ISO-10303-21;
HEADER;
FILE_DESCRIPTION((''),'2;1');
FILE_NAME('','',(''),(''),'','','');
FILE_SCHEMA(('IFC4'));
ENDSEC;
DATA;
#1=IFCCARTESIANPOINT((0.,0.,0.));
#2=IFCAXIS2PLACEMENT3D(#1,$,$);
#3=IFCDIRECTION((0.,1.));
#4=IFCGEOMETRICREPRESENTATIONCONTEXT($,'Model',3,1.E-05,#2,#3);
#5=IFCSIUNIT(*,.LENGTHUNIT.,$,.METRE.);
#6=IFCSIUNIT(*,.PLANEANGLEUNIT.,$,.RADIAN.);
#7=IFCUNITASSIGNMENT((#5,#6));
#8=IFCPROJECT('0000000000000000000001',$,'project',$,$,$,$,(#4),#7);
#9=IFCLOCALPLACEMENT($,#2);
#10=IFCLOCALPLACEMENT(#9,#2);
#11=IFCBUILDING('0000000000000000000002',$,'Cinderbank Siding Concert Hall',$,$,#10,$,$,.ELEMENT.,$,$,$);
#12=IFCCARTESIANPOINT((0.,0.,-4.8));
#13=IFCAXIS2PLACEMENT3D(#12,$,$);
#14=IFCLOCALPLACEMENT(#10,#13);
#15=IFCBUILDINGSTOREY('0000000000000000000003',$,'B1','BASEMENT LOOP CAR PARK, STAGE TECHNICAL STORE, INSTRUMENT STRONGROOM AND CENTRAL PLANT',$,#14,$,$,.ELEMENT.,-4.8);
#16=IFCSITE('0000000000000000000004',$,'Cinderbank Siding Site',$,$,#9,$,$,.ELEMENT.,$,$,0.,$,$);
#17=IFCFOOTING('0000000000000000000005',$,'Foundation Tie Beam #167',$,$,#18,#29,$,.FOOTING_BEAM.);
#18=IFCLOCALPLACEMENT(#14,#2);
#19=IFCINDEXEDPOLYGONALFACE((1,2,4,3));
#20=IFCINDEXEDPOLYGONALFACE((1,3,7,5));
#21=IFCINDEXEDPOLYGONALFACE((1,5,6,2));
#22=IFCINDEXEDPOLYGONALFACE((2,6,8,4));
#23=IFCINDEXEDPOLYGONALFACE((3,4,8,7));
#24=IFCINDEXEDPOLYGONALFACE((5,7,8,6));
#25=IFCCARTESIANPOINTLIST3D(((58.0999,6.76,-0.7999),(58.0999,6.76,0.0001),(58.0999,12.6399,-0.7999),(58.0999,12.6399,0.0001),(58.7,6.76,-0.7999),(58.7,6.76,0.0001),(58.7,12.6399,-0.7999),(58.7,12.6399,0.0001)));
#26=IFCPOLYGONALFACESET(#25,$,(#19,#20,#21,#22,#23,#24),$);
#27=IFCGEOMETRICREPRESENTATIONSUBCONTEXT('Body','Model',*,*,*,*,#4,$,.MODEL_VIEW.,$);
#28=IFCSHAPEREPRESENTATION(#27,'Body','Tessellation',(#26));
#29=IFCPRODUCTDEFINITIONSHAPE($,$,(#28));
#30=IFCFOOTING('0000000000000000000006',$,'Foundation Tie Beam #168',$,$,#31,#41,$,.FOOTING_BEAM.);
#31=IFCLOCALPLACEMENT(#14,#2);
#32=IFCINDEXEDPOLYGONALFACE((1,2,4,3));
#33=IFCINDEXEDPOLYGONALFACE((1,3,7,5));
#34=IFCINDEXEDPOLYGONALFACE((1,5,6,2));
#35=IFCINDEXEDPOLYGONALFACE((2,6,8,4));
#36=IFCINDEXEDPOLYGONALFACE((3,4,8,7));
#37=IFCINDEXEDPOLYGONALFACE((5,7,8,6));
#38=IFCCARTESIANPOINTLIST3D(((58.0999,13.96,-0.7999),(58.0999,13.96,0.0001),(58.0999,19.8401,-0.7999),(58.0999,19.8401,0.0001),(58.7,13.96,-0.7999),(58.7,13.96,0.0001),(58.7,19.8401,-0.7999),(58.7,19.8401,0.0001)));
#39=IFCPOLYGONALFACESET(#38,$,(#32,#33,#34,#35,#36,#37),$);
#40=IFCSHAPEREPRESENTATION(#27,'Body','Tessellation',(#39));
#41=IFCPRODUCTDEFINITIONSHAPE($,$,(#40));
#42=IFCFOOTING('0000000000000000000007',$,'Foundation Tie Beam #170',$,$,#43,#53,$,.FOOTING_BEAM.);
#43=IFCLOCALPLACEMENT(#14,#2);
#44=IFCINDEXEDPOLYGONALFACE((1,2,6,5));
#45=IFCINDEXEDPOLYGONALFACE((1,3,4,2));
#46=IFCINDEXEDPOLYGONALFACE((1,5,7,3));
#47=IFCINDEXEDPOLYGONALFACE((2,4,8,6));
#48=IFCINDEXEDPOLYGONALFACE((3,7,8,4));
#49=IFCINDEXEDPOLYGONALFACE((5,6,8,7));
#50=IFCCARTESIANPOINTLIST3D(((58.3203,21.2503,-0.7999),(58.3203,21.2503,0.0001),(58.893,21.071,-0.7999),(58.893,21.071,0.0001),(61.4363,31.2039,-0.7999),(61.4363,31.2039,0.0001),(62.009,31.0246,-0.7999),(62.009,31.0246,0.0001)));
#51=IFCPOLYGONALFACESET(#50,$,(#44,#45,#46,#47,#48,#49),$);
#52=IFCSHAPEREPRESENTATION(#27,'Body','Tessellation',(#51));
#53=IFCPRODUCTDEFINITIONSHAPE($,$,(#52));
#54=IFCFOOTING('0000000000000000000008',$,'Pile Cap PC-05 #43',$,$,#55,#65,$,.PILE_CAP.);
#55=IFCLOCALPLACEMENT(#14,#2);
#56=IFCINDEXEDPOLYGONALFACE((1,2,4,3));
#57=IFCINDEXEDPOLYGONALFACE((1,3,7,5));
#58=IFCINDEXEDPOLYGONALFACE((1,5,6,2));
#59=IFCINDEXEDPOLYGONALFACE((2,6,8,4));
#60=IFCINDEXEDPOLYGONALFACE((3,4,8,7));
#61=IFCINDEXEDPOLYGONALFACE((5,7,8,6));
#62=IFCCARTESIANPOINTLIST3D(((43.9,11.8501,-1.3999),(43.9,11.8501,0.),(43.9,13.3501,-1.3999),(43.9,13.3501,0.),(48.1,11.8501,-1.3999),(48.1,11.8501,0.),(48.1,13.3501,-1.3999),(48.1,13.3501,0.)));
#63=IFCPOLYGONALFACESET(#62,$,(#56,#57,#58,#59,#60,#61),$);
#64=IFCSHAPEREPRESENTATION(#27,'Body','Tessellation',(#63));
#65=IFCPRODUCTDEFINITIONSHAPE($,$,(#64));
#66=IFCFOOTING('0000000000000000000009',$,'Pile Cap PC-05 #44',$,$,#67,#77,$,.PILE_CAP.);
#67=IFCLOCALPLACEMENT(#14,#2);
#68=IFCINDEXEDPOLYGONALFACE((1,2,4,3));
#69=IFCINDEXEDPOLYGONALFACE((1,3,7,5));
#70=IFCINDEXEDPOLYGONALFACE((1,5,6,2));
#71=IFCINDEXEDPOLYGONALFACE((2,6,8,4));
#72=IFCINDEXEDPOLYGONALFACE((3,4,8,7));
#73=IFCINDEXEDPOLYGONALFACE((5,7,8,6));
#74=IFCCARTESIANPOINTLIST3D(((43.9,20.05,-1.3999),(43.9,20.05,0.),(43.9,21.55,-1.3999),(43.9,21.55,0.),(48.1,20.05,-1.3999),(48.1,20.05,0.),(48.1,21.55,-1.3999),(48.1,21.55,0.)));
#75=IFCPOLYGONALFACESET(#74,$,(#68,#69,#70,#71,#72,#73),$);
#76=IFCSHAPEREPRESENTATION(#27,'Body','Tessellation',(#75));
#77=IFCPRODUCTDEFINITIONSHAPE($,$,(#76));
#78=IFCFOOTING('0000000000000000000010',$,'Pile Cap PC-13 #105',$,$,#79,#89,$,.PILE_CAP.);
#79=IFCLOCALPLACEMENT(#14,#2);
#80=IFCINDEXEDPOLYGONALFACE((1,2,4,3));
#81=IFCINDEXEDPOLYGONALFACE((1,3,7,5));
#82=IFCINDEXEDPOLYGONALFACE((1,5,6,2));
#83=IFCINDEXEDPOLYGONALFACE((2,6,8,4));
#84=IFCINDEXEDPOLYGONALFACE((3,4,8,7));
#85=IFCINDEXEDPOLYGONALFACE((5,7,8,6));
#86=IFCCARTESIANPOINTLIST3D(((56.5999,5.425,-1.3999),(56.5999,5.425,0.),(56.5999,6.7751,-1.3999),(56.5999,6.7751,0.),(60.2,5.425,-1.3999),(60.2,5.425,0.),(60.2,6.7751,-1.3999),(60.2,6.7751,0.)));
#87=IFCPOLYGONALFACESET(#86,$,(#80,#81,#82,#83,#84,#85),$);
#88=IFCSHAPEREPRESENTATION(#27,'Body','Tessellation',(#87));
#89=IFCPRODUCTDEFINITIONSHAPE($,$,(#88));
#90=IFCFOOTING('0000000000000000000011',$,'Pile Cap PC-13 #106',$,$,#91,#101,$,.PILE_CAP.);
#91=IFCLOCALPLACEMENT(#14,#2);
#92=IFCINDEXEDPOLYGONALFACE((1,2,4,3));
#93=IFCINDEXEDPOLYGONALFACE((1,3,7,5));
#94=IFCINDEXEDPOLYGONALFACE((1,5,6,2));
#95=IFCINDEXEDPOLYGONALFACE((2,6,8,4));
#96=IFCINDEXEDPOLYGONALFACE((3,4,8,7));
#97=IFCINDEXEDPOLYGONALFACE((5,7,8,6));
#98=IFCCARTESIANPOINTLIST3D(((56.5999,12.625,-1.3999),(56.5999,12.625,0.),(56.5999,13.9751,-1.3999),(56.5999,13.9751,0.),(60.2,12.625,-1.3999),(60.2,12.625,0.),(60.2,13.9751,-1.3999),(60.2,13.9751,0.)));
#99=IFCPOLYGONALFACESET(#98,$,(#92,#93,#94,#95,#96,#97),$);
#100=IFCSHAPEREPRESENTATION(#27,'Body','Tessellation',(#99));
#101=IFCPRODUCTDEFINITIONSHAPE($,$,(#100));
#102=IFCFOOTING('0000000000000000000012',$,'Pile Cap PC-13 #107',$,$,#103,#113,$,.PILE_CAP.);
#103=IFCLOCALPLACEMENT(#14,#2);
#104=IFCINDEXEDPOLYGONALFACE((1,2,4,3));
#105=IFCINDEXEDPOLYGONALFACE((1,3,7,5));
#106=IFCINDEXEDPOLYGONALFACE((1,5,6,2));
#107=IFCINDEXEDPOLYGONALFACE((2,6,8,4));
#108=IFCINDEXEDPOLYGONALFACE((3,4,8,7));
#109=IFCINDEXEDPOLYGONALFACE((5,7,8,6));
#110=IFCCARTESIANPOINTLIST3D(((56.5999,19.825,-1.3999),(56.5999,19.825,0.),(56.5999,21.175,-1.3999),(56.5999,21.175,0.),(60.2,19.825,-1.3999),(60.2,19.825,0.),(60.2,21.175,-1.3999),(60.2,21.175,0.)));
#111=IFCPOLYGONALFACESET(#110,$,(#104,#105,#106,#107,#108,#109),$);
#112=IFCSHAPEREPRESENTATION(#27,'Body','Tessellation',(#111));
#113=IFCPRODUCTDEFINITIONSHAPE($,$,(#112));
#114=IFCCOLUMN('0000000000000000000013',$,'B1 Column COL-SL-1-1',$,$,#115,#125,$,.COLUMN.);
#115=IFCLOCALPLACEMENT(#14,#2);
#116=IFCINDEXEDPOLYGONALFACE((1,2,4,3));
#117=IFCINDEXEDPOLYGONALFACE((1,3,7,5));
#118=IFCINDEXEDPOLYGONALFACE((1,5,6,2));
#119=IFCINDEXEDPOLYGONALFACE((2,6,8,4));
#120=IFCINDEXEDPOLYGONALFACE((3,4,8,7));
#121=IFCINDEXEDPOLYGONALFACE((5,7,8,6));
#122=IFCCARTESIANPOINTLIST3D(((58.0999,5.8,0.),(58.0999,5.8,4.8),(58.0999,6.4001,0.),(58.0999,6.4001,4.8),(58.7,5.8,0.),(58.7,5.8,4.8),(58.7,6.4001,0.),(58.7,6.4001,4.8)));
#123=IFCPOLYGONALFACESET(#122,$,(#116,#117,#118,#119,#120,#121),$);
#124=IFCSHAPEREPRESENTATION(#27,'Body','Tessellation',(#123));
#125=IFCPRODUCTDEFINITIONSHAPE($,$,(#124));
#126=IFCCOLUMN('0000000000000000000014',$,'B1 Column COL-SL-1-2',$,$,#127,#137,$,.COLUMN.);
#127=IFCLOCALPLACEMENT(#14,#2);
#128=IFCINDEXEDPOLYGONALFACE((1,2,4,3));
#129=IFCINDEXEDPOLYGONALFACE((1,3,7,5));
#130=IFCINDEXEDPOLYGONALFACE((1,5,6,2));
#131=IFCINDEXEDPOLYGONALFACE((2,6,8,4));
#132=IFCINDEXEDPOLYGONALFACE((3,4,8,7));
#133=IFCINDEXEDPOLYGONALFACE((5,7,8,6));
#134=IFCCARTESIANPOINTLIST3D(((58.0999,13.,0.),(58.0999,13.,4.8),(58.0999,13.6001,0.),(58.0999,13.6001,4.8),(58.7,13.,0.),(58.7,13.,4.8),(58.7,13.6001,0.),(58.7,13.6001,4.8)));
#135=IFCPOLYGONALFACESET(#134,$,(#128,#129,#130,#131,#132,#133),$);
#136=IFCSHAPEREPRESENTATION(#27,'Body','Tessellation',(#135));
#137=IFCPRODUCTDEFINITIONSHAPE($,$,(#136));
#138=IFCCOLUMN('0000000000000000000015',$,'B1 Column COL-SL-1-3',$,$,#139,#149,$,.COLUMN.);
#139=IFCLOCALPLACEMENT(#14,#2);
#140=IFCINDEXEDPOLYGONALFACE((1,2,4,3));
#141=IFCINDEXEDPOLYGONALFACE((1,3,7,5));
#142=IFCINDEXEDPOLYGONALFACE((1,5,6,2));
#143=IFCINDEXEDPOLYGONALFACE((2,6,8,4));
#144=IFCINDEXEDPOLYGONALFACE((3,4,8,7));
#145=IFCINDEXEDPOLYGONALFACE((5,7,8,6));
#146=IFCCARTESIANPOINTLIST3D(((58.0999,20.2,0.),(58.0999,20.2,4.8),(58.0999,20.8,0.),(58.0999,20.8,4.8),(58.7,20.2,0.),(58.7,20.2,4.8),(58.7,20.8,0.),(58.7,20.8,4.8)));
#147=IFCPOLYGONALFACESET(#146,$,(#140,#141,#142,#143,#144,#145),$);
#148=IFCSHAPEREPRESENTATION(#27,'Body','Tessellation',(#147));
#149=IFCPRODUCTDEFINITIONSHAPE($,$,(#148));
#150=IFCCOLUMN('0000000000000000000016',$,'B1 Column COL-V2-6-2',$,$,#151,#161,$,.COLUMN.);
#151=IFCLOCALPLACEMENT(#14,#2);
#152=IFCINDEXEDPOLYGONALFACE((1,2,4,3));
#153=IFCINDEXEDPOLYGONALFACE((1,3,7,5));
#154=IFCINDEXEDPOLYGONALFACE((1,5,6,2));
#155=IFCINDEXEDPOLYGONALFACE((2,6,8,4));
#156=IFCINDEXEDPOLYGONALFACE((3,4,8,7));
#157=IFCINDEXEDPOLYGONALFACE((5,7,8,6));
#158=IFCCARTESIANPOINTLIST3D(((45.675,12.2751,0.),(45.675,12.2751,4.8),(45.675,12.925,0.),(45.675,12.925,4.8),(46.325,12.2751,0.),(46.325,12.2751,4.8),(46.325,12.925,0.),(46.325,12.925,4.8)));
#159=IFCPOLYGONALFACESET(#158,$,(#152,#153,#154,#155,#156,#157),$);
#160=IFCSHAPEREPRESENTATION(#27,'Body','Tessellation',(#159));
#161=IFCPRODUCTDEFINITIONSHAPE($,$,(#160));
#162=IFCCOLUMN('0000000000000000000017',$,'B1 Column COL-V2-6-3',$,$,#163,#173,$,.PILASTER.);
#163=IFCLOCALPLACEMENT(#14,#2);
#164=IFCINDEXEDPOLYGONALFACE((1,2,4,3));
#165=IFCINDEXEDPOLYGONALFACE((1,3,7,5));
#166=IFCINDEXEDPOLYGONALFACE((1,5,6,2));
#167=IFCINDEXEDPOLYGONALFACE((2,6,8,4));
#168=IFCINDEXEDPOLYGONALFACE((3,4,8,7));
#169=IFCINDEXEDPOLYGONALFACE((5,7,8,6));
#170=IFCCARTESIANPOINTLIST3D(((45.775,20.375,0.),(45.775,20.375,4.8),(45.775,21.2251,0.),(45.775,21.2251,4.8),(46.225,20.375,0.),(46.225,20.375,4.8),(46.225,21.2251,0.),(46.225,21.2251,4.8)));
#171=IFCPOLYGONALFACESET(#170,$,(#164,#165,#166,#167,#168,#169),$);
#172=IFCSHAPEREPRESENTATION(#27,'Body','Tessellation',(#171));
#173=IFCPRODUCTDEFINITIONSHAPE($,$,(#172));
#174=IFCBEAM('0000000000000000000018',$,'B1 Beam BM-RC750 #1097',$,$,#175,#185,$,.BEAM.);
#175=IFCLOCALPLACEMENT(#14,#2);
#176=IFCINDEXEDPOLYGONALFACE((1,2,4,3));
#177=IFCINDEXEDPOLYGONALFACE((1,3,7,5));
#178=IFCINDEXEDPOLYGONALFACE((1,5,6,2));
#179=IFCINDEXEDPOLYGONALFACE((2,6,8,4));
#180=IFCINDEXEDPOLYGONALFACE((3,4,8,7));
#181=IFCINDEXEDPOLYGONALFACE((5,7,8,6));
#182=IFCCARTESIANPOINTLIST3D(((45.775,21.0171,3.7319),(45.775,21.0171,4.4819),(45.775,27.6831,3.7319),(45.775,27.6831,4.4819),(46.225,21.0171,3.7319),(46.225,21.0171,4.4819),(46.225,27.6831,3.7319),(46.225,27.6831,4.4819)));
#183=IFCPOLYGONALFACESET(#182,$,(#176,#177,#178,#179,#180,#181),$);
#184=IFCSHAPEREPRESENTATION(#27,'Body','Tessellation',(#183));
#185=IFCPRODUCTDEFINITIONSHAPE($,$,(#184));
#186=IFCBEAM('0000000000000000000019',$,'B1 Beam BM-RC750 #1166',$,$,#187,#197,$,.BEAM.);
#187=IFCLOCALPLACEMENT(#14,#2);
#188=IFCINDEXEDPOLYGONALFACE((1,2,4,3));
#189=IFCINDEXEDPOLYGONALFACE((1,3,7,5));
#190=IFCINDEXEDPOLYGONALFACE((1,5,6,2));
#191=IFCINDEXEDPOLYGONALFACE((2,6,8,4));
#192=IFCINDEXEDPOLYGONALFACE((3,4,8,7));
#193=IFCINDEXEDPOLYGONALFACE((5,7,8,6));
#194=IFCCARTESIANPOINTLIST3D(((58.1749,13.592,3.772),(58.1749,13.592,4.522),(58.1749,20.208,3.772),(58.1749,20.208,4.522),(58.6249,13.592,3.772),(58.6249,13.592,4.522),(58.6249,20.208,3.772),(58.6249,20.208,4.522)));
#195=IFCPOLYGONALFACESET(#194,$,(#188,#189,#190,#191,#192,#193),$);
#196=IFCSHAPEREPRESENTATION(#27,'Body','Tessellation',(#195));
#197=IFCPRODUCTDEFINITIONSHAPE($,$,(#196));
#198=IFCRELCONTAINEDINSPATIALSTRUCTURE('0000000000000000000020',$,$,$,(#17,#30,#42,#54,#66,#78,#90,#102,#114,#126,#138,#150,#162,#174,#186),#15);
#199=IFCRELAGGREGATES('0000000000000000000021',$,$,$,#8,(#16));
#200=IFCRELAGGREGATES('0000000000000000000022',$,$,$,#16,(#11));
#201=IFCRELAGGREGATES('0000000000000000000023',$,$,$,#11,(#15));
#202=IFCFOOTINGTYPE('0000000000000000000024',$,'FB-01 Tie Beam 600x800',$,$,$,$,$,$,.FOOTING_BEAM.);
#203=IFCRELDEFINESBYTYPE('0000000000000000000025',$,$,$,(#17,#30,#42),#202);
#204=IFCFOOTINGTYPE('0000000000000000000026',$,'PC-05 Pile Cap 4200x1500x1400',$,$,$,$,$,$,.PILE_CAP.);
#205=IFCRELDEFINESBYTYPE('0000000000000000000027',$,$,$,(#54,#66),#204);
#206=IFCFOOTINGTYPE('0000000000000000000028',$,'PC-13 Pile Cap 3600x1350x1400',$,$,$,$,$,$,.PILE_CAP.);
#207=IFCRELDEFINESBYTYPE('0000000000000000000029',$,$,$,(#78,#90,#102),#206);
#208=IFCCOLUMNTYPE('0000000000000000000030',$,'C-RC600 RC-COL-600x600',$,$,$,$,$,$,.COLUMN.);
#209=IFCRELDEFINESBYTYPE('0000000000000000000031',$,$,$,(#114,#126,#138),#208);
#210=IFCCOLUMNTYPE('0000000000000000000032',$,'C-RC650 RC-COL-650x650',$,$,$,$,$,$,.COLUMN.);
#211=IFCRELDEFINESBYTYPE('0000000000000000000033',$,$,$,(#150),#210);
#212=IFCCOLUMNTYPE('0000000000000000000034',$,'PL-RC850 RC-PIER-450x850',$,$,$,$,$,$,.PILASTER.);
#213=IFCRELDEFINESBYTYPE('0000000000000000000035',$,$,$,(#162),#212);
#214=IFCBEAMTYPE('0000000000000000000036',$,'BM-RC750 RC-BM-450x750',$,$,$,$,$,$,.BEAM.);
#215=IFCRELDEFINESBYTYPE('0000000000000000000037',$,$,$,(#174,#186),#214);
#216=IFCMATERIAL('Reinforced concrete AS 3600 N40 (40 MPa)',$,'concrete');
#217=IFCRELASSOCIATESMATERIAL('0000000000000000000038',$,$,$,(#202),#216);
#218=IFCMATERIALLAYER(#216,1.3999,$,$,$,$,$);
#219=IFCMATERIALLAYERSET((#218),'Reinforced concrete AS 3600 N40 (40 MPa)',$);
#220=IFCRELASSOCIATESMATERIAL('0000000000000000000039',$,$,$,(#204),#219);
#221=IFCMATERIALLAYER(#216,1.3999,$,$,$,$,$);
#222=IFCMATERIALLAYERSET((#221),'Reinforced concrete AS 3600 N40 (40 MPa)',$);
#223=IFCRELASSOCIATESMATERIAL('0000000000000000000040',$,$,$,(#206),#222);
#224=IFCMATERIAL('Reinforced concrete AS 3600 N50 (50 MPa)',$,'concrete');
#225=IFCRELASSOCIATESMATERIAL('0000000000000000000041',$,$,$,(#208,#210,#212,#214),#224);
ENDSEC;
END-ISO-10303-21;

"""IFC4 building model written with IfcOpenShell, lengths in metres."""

from ifc_helpers import new_model, si_unit, direction, frame, origin, origin_2d, place, context, subcontext, project, spatial, rectangle, extrude, material, layer, layer_set, material_profile, profile_set, type_object, element, save


model = new_model("IFC4")

# Units and contexts
model_context = context("Model", 3, precision=1e-05, world=origin(), true_north=direction((0.0, 1.0)))
body_context = subcontext(model_context, "Body", "Model", "MODEL_VIEW")
ifc_project = project(units=[si_unit("LENGTHUNIT", "METRE"), si_unit("PLANEANGLEUNIT", "RADIAN")], contexts=[model_context])

# Site, building, storey
site_placement = place(None, origin())
site = spatial("IfcSite", under=ifc_project, at=site_placement, Name="Cinderbank Siding Site", CompositionType="ELEMENT", RefElevation=0.0)
building_placement = place(site_placement, origin())
building = spatial("IfcBuilding", under=site, at=building_placement, Name="Cinderbank Siding Concert Hall", CompositionType="ELEMENT")
storey_placement = place(building_placement, frame((0.0, 0.0, -4.8)))
storey = spatial("IfcBuildingStorey", under=building, at=storey_placement, Name="B1", Description="BASEMENT LOOP CAR PARK, STAGE TECHNICAL STORE, INSTRUMENT STRONGROOM AND CENTRAL PLANT", CompositionType="ELEMENT", Elevation=-4.8)

# Shared definitions
ifc_material_1 = material(Name="Reinforced concrete AS 3600 N40 (40 MPa)", Category="concrete")

# Footings
ifc_material_profile_1 = material_profile(ifc_material_1, rectangle(XDim=0.6001, YDim=0.8, at=origin_2d()), Name="RC-FB-600x800", Category="LoadBearing")
ifc_profile_set_1 = profile_set([ifc_material_profile_1], Name="Reinforced concrete AS 3600 N40 (40 MPa)")
footing_type_1 = type_object("IfcFootingType", Name="FB-01 Tie Beam 600x800", PredefinedType="FOOTING_BEAM", material=ifc_profile_set_1)
footing_1_placement = place(storey_placement, frame((58.3999, 6.76, -0.3999), z_axis=(0.0, 1.0, 0.0), x_axis=(-1.0, 0.0, 0.0)))
element("IfcFooting", 1, at=footing_1_placement, inside=storey, type_object=footing_type_1, Name="Foundation Tie Beam #167", PredefinedType="FOOTING_BEAM", context=body_context, shape_type="SweptSolid", body=[
    extrude(rectangle(XDim=0.6001, YDim=0.8, at=origin_2d()), origin(), (0.0, 0.0, 1.0), 5.8799),
])
footing_2_placement = place(storey_placement, frame((58.3999, 13.96, -0.3999), z_axis=(0.0, 1.0, 0.0), x_axis=(-1.0, 0.0, 0.0)))
element("IfcFooting", 2, at=footing_2_placement, inside=storey, type_object=footing_type_1, Name="Foundation Tie Beam #168", PredefinedType="FOOTING_BEAM", context=body_context, shape_type="SweptSolid", body=[
    extrude(rectangle(XDim=0.6001, YDim=0.8, at=origin_2d()), origin(), (0.0, 0.0, 1.0), 5.8801),
])
footing_3_placement = place(storey_placement, frame((58.6067, 21.1606, -0.3999), z_axis=(0.298752, 0.954331, 0.0), x_axis=(-0.954331, 0.298752, 0.0)))
element("IfcFooting", 3, at=footing_3_placement, inside=storey, type_object=footing_type_1, Name="Foundation Tie Beam #170", PredefinedType="FOOTING_BEAM", context=body_context, shape_type="SweptSolid", body=[
    extrude(rectangle(XDim=0.6001, YDim=0.8, at=origin_2d()), origin(), (0.0, 0.0, 1.0), 10.4299),
])
ifc_layer_1 = layer(ifc_material_1, 1.3999)
ifc_layer_set_1 = layer_set([ifc_layer_1], Name="Reinforced concrete AS 3600 N40 (40 MPa)")
footing_type_2 = type_object("IfcFootingType", Name="PC-05 Pile Cap 4200x1500x1400", PredefinedType="PILE_CAP", material=ifc_layer_set_1)
for number, where, z_axis, x_axis, name in (
    (4, (46.0, 12.6001, -1.3999), (0.0, 0.0, 1.0), (1.0, 0.0, 0.0), "Pile Cap PC-05 #43"),
    (5, (46.0, 20.8, -1.3999), (0.0, 0.0, 1.0), (1.0, 0.0, 0.0), "Pile Cap PC-05 #44"),
):
    element("IfcFooting", number, at=place(storey_placement, frame(where, z_axis=z_axis, x_axis=x_axis)), inside=storey, type_object=footing_type_2, Name=name, PredefinedType="PILE_CAP", context=body_context, shape_type="SweptSolid", body=[
        extrude(rectangle(XDim=4.2, YDim=1.5, at=origin_2d()), origin(), (0.0, 0.0, 1.0), 1.3999),
    ])
ifc_layer_2 = layer(ifc_material_1, 1.3999)
ifc_layer_set_2 = layer_set([ifc_layer_2], Name="Reinforced concrete AS 3600 N40 (40 MPa)")
footing_type_3 = type_object("IfcFootingType", Name="PC-13 Pile Cap 3600x1350x1400", PredefinedType="PILE_CAP", material=ifc_layer_set_2)
for number, where, z_axis, x_axis, name in (
    (6, (58.3999, 6.1001, -1.3999), (0.0, 0.0, 1.0), (1.0, 0.0, 0.0), "Pile Cap PC-13 #105"),
    (7, (58.3999, 13.3, -1.3999), (0.0, 0.0, 1.0), (1.0, 0.0, 0.0), "Pile Cap PC-13 #106"),
    (8, (58.3999, 20.5, -1.3999), (0.0, 0.0, 1.0), (1.0, 0.0, 0.0), "Pile Cap PC-13 #107"),
):
    element("IfcFooting", number, at=place(storey_placement, frame(where, z_axis=z_axis, x_axis=x_axis)), inside=storey, type_object=footing_type_3, Name=name, PredefinedType="PILE_CAP", context=body_context, shape_type="SweptSolid", body=[
        extrude(rectangle(XDim=3.6001, YDim=1.3501, at=origin_2d()), origin(), (0.0, 0.0, 1.0), 1.3999),
    ])

# Columns
ifc_material_2 = material(Name="Reinforced concrete AS 3600 N50 (50 MPa)", Category="concrete")
ifc_material_profile_2 = material_profile(ifc_material_2, rectangle(XDim=0.6001, YDim=0.6001, at=origin_2d()), Name="RC-COL-600x600", Category="LoadBearing")
ifc_profile_set_2 = profile_set([ifc_material_profile_2], Name="Reinforced concrete AS 3600 N50 (50 MPa)")
column_type_1 = type_object("IfcColumnType", Name="C-RC600 RC-COL-600x600", PredefinedType="COLUMN", material=ifc_profile_set_2)
for number, where, z_axis, x_axis, name in (
    (9, (58.3999, 6.1001, 0.0), (0.0, 0.0, 1.0), (1.0, 0.0, 0.0), "B1 Column COL-SL-1-1"),
    (10, (58.3999, 13.3, 0.0), (0.0, 0.0, 1.0), (1.0, 0.0, 0.0), "B1 Column COL-SL-1-2"),
    (11, (58.3999, 20.5, 0.0), (0.0, 0.0, 1.0), (1.0, 0.0, 0.0), "B1 Column COL-SL-1-3"),
):
    element("IfcColumn", number, at=place(storey_placement, frame(where, z_axis=z_axis, x_axis=x_axis)), inside=storey, type_object=column_type_1, Name=name, PredefinedType="COLUMN", context=body_context, shape_type="SweptSolid", body=[
        extrude(rectangle(XDim=0.6001, YDim=0.6001, at=origin_2d()), origin(), (0.0, 0.0, 1.0), 4.8),
    ])
ifc_material_profile_3 = material_profile(ifc_material_2, rectangle(XDim=0.6499, YDim=0.6499, at=origin_2d()), Name="RC-COL-650x650", Category="LoadBearing")
ifc_profile_set_3 = profile_set([ifc_material_profile_3], Name="Reinforced concrete AS 3600 N50 (50 MPa)")
column_type_2 = type_object("IfcColumnType", Name="C-RC650 RC-COL-650x650", PredefinedType="COLUMN", material=ifc_profile_set_3)
column_1_placement = place(storey_placement, frame((46.0, 12.6001, 0.0), z_axis=(0.0, 0.0, 1.0), x_axis=(1.0, 0.0, 0.0)))
element("IfcColumn", 12, at=column_1_placement, inside=storey, type_object=column_type_2, Name="B1 Column COL-V2-6-2", PredefinedType="COLUMN", context=body_context, shape_type="SweptSolid", body=[
    extrude(rectangle(XDim=0.6499, YDim=0.6499, at=origin_2d()), origin(), (0.0, 0.0, 1.0), 4.8),
])
ifc_material_profile_4 = material_profile(ifc_material_2, rectangle(XDim=0.45, YDim=0.8501, at=origin_2d()), Name="RC-PIER-450x850", Category="LoadBearing")
ifc_profile_set_4 = profile_set([ifc_material_profile_4], Name="Reinforced concrete AS 3600 N50 (50 MPa)")
column_type_3 = type_object("IfcColumnType", Name="PL-RC850 RC-PIER-450x850", PredefinedType="PILASTER", material=ifc_profile_set_4)
column_2_placement = place(storey_placement, frame((46.0, 20.8, 0.0), z_axis=(0.0, 0.0, 1.0), x_axis=(1.0, 0.0, 0.0)))
element("IfcColumn", 13, at=column_2_placement, inside=storey, type_object=column_type_3, Name="B1 Column COL-V2-6-3", PredefinedType="PILASTER", context=body_context, shape_type="SweptSolid", body=[
    extrude(rectangle(XDim=0.45, YDim=0.8501, at=origin_2d()), origin(), (0.0, 0.0, 1.0), 4.8),
])

# Beams
ifc_material_profile_5 = material_profile(ifc_material_2, rectangle(XDim=0.45, YDim=0.75, at=origin_2d()), Name="RC-BM-450x750", Category="LoadBearing")
ifc_profile_set_5 = profile_set([ifc_material_profile_5], Name="Reinforced concrete AS 3600 N50 (50 MPa)")
beam_type_1 = type_object("IfcBeamType", Name="BM-RC750 RC-BM-450x750", PredefinedType="BEAM", material=ifc_profile_set_5)
beam_1_placement = place(storey_placement, frame((46.0, 21.0171, 4.1069), z_axis=(0.0, 1.0, 0.0), x_axis=(-1.0, 0.0, 0.0)))
element("IfcBeam", 14, at=beam_1_placement, inside=storey, type_object=beam_type_1, Name="B1 Beam BM-RC750 #1097", PredefinedType="BEAM", context=body_context, shape_type="SweptSolid", body=[
    extrude(rectangle(XDim=0.45, YDim=0.75, at=origin_2d()), origin(), (0.0, 0.0, 1.0), 6.666),
])
beam_2_placement = place(storey_placement, frame((58.3999, 13.592, 4.147), z_axis=(0.0, 1.0, 0.0), x_axis=(-1.0, 0.0, 0.0)))
element("IfcBeam", 15, at=beam_2_placement, inside=storey, type_object=beam_type_1, Name="B1 Beam BM-RC750 #1166", PredefinedType="BEAM", context=body_context, shape_type="SweptSolid", body=[
    extrude(rectangle(XDim=0.45, YDim=0.75, at=origin_2d()), origin(), (0.0, 0.0, 1.0), 6.616),
])

save(model, "model.ifc")
